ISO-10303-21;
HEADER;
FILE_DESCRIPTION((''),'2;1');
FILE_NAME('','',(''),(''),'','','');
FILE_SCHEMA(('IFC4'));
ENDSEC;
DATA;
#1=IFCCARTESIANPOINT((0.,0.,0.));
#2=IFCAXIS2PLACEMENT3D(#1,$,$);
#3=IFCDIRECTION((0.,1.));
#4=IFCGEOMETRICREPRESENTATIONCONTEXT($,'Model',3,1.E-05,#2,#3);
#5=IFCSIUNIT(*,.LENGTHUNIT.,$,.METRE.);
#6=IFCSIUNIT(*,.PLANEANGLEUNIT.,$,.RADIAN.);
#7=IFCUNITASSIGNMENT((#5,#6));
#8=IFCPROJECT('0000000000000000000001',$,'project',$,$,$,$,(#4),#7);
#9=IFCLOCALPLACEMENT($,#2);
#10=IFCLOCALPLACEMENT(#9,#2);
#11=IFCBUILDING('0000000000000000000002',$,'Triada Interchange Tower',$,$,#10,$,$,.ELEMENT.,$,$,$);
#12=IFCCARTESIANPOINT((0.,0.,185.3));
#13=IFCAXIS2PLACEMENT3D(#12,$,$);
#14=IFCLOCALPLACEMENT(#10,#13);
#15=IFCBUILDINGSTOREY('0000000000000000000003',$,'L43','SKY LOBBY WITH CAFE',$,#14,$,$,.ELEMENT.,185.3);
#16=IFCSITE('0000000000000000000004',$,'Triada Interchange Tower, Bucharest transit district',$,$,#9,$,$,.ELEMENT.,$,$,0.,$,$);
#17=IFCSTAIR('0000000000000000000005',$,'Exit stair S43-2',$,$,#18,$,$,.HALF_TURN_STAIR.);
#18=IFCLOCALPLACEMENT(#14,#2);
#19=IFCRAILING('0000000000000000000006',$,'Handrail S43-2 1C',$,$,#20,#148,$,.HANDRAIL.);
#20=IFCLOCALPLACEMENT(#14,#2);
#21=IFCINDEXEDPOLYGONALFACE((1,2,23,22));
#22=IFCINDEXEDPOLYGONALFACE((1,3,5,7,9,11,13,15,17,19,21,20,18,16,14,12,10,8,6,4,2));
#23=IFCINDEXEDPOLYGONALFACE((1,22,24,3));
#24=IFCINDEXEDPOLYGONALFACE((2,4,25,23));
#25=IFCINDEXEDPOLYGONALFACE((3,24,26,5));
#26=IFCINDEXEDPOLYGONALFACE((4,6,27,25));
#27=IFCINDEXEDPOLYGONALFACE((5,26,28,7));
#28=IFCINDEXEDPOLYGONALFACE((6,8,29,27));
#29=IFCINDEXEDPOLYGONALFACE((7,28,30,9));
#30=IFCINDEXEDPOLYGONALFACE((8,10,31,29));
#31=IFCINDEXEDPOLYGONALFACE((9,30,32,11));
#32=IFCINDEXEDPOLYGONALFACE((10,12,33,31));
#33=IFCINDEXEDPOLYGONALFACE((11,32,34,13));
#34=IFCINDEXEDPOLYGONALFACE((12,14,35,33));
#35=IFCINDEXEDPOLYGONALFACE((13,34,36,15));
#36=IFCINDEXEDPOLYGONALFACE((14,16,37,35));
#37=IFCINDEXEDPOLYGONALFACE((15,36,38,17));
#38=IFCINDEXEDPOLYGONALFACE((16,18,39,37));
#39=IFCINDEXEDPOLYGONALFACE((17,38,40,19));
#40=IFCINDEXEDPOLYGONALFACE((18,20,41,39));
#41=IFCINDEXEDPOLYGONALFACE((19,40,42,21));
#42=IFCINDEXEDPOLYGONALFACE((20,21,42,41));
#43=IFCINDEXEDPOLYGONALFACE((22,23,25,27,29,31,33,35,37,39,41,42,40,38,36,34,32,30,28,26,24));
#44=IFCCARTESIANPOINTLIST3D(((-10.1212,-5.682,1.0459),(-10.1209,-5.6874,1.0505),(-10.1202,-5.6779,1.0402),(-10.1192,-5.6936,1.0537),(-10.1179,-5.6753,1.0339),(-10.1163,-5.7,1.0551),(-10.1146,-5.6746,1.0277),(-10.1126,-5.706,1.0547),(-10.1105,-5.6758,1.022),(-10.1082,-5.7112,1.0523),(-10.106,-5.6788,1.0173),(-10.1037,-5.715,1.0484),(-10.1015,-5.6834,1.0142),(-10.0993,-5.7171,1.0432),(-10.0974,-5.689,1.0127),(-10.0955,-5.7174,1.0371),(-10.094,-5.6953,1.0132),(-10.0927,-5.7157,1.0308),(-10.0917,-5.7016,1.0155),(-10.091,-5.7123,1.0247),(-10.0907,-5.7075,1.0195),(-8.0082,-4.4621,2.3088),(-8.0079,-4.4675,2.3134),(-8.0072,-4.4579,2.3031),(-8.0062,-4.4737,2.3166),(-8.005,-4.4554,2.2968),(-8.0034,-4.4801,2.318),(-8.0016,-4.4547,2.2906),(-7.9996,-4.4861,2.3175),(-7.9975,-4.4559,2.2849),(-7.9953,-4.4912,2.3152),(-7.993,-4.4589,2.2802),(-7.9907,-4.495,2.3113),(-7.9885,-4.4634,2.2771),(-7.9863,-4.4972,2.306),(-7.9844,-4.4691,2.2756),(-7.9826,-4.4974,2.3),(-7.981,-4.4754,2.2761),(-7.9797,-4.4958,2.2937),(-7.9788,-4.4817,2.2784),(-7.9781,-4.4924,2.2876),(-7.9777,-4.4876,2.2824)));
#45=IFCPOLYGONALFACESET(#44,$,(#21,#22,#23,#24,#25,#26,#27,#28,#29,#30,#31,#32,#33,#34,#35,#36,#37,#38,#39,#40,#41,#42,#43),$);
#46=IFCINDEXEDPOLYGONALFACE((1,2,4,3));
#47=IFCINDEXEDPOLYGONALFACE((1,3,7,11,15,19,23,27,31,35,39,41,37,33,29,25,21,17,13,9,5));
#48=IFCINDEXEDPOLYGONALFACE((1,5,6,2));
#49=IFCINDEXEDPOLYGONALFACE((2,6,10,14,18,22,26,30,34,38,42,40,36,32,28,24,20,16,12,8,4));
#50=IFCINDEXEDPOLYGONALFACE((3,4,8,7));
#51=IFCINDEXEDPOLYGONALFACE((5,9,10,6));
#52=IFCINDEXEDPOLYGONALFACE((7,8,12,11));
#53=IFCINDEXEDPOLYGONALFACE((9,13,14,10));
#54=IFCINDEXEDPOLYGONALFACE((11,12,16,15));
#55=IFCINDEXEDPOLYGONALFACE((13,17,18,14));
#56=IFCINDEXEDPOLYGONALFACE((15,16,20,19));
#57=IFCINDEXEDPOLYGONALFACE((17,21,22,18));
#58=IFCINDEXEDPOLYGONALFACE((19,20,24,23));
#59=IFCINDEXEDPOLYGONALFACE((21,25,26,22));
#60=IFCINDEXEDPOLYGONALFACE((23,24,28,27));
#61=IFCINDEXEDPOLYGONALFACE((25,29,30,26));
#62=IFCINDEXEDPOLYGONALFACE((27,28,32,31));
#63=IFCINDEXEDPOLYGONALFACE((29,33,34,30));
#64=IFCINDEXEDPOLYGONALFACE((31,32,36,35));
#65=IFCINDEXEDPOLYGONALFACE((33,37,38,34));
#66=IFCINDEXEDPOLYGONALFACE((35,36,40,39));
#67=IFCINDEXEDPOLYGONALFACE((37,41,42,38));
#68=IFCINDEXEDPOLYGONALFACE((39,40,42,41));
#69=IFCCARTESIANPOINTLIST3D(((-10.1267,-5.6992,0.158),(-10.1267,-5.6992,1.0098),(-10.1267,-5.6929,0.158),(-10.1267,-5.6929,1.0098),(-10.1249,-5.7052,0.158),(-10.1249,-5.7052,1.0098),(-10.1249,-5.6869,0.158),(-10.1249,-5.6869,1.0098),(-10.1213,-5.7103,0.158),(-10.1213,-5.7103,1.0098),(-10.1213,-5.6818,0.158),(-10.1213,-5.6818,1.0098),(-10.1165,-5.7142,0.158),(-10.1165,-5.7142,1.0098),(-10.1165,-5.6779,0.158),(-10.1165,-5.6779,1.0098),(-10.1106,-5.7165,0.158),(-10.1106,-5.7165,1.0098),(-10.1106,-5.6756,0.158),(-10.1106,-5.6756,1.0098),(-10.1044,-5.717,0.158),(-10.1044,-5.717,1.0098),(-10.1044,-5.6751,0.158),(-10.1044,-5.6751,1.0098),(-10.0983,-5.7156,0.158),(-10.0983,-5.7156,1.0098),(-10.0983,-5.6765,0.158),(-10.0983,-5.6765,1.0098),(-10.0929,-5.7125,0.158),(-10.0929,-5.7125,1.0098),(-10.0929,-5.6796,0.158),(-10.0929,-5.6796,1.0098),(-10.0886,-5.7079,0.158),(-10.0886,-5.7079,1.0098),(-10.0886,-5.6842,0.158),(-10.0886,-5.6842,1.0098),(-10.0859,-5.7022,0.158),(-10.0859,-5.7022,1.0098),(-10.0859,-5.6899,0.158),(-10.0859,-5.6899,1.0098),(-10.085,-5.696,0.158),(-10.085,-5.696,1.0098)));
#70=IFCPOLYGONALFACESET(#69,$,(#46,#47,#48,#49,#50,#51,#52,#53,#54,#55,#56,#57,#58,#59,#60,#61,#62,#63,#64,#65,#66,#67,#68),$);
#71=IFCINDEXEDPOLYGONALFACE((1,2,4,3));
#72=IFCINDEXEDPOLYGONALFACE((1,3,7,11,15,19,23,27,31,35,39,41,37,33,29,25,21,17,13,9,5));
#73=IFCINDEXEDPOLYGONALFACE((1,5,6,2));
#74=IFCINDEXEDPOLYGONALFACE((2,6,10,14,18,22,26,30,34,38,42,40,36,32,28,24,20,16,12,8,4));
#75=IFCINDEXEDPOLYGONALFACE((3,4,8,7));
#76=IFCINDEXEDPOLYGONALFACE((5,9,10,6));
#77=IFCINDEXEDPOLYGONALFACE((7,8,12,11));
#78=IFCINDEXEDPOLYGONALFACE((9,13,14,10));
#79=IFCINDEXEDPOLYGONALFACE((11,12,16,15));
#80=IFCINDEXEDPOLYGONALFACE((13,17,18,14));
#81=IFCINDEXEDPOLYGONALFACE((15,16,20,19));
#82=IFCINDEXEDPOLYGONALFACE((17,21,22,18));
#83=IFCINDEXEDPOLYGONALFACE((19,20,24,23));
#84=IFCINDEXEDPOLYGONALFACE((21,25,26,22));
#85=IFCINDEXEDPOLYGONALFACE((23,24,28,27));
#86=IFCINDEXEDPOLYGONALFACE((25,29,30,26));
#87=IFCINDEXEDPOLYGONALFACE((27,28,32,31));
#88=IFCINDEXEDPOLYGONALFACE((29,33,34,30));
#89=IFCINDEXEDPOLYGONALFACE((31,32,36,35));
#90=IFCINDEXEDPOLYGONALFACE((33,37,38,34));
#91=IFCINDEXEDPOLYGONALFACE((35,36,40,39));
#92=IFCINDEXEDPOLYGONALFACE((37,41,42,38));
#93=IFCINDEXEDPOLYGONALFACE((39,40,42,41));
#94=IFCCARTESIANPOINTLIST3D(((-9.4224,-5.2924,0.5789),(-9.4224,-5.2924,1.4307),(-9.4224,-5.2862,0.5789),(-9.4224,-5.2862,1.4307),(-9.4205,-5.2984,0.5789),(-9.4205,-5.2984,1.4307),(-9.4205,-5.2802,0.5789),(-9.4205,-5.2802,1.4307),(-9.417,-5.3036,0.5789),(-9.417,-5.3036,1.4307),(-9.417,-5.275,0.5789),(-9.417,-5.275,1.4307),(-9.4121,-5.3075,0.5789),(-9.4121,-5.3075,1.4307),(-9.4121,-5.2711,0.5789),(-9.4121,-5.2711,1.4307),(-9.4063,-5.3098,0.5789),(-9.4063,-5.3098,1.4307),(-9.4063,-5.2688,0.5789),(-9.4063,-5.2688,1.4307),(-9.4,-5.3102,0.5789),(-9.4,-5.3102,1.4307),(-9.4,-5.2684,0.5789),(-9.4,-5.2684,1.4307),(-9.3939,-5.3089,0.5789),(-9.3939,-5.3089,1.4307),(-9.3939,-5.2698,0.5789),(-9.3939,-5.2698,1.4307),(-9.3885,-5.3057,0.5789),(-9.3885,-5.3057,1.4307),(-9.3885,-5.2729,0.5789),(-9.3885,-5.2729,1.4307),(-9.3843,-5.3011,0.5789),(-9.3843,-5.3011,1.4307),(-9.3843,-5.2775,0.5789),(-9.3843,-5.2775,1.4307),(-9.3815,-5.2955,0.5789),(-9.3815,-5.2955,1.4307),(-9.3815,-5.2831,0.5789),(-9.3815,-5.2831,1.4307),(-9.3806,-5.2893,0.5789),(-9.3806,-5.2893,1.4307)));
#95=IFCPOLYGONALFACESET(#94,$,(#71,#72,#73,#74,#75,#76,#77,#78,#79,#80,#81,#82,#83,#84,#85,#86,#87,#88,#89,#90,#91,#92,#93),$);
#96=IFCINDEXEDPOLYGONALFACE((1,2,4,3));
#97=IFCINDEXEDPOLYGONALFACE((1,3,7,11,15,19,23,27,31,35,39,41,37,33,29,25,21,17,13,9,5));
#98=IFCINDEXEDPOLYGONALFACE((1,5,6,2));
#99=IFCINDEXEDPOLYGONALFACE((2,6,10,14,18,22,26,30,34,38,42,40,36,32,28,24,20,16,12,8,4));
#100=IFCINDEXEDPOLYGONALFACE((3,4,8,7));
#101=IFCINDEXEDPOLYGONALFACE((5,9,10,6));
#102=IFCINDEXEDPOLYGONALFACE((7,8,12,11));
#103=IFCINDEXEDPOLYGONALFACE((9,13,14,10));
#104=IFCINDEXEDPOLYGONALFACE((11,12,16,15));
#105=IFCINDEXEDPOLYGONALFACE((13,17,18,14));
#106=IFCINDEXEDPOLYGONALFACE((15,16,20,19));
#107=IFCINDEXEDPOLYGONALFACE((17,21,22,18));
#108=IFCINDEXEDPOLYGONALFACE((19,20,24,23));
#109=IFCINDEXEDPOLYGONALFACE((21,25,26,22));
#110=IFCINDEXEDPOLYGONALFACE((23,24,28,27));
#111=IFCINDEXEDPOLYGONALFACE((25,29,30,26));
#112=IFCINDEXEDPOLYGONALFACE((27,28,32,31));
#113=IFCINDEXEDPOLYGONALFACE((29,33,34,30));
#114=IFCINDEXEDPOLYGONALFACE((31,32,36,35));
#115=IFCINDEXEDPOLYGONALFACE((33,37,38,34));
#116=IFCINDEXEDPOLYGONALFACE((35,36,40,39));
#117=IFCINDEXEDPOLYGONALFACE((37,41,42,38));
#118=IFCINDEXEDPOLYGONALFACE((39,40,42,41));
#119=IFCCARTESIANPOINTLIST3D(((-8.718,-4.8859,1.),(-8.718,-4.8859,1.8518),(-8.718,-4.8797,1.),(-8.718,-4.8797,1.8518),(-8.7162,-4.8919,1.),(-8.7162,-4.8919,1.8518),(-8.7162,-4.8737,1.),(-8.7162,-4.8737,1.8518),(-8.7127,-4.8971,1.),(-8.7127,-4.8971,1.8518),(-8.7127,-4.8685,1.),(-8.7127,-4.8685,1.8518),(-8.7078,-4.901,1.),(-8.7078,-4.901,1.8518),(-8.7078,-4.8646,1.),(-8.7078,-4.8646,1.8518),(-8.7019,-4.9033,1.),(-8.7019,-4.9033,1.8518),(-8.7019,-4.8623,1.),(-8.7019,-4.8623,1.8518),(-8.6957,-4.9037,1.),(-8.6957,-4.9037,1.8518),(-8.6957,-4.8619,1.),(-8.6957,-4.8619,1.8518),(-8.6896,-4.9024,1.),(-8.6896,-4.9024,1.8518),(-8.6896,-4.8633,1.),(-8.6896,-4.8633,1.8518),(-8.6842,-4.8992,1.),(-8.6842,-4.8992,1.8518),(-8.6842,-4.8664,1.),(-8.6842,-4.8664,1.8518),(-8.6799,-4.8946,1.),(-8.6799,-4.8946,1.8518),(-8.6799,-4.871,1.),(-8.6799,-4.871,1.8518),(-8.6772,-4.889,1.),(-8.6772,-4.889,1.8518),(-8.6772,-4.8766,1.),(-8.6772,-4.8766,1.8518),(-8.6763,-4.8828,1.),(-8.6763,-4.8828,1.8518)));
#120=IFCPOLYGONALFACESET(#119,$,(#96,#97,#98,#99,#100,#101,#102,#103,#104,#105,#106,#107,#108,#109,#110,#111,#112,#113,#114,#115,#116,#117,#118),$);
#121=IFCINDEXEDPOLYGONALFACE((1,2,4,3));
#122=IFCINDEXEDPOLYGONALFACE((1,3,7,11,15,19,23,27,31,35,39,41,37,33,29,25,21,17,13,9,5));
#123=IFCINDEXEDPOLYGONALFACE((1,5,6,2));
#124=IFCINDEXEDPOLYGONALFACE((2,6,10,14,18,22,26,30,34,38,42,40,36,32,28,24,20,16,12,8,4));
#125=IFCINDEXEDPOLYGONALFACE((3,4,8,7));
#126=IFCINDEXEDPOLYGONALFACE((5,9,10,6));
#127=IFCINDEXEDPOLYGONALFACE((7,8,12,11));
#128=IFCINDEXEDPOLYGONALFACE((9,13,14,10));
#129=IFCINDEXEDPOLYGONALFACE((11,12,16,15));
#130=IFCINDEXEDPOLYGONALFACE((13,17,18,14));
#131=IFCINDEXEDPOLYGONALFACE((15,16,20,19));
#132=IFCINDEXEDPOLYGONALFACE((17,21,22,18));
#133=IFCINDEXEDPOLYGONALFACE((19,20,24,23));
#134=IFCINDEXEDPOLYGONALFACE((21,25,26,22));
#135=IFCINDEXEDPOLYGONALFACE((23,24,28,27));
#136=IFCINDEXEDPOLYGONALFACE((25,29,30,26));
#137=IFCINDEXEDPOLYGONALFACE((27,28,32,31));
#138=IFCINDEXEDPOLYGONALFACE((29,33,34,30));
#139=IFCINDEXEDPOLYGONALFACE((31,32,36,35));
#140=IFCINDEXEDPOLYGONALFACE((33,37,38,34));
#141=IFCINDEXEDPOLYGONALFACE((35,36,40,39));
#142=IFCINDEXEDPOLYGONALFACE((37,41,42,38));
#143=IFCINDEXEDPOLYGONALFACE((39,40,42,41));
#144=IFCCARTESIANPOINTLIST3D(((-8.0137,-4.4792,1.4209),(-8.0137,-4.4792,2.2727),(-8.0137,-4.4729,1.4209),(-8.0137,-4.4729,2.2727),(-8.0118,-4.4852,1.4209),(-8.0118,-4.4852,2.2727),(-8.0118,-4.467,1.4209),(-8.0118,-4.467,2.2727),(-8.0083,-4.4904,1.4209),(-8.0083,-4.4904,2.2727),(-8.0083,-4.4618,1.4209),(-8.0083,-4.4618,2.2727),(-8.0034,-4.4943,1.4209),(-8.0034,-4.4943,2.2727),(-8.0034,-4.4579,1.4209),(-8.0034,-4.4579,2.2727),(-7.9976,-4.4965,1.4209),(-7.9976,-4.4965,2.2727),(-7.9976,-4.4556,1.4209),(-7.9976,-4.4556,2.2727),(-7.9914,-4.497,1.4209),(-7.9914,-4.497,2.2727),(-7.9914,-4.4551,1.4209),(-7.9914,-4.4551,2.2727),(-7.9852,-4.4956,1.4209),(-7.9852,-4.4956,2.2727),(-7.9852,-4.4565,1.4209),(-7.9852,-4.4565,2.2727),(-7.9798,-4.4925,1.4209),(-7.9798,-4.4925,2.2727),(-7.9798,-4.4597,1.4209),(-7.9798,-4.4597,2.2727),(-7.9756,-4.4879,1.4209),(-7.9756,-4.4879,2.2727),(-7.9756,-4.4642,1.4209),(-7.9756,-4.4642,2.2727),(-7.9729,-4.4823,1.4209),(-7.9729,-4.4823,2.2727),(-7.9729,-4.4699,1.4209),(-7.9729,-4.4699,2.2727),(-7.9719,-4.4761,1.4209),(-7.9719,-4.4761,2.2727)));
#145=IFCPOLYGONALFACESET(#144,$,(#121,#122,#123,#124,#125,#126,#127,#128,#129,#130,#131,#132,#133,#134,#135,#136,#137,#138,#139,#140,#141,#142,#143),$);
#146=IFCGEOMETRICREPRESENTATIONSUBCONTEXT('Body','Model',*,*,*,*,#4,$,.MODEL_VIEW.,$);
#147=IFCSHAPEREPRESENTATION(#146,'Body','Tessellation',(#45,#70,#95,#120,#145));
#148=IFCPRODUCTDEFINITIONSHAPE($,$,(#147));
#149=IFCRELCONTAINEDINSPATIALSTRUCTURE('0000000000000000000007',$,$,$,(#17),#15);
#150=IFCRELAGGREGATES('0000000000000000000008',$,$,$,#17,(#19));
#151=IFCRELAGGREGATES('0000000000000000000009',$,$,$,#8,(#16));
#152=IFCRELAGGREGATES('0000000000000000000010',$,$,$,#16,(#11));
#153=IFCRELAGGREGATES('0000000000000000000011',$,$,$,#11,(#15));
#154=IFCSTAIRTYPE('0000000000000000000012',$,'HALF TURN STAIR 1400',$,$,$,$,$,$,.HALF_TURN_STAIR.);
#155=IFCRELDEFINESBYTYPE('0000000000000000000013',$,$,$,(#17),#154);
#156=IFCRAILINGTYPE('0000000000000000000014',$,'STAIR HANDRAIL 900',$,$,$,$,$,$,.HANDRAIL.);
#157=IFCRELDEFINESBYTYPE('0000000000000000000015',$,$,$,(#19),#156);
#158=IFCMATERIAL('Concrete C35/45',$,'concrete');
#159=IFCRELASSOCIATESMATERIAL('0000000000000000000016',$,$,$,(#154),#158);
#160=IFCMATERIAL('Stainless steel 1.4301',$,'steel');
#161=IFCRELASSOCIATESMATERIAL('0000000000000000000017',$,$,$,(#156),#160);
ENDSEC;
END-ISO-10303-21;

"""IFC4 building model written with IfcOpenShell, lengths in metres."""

from ifc_helpers import new_model, si_unit, direction, frame, origin, origin_2d, place, context, subcontext, project, spatial, circle, extrude, material, type_object, element, aggregate, save


model = new_model("IFC4")

# Units and contexts
model_context = context("Model", 3, precision=1e-05, world=origin(), true_north=direction((0.0, 1.0)))
body_context = subcontext(model_context, "Body", "Model", "MODEL_VIEW")
ifc_project = project(units=[si_unit("LENGTHUNIT", "METRE"), si_unit("PLANEANGLEUNIT", "RADIAN")], contexts=[model_context])

# Site, building, storey
site_placement = place(None, origin())
site = spatial("IfcSite", under=ifc_project, at=site_placement, Name="Triada Interchange Tower, Bucharest transit district", CompositionType="ELEMENT", RefElevation=0.0)
building_placement = place(site_placement, origin())
building = spatial("IfcBuilding", under=site, at=building_placement, Name="Triada Interchange Tower", CompositionType="ELEMENT")
storey_placement = place(building_placement, frame((0.0, 0.0, 185.3)))
storey = spatial("IfcBuildingStorey", under=building, at=storey_placement, Name="L43", Description="SKY LOBBY WITH CAFE", CompositionType="ELEMENT", Elevation=185.3)

# Stair
ifc_material_1 = material(Name="Concrete C35/45", Category="concrete")
stair_type = type_object("IfcStairType", Name="HALF TURN STAIR 1400", PredefinedType="HALF_TURN_STAIR", material=ifc_material_1)
stair_placement = place(storey_placement, origin())
stair = element("IfcStair", 1, at=stair_placement, inside=storey, type_object=stair_type, Name="Exit stair S43-2", PredefinedType="HALF_TURN_STAIR")

# Railing
ifc_material_2 = material(Name="Stainless steel 1.4301", Category="steel")
railing_type = type_object("IfcRailingType", Name="STAIR HANDRAIL 900", PredefinedType="HANDRAIL", material=ifc_material_2)
railing_1_placement = place(storey_placement, frame((-10.106, -5.696, 0.158)))
railing_1 = element("IfcRailing", 2, at=railing_1_placement, type_object=railing_type, Name="Handrail S43-2 1C", PredefinedType="HANDRAIL", context=body_context, shape_type="SweptSolid", body=[
    extrude(circle(Radius=0.0239, at=origin_2d()), frame((0.0, 0.0, 0.876), z_axis=(0.769101, 0.444044, 0.459683), x_axis=(-0.500003, 0.866024, 0.0)), (0.0, 0.0, 1.0), 2.7473),
    extrude(circle(Radius=0.021, at=origin_2d()), origin(), (0.0, 0.0, 1.0), 0.8518),
    extrude(circle(Radius=0.021, at=origin_2d()), frame((0.7043, 0.4067, 0.4209)), (0.0, 0.0, 1.0), 0.8518),
    extrude(circle(Radius=0.021, at=origin_2d()), frame((1.4087, 0.8132, 0.842)), (0.0, 0.0, 1.0), 0.8518),
    extrude(circle(Radius=0.021, at=origin_2d()), frame((2.113, 1.22, 1.2629)), (0.0, 0.0, 1.0), 0.8518),
])
aggregate(stair, [railing_1])

save(model, "model.ifc")
